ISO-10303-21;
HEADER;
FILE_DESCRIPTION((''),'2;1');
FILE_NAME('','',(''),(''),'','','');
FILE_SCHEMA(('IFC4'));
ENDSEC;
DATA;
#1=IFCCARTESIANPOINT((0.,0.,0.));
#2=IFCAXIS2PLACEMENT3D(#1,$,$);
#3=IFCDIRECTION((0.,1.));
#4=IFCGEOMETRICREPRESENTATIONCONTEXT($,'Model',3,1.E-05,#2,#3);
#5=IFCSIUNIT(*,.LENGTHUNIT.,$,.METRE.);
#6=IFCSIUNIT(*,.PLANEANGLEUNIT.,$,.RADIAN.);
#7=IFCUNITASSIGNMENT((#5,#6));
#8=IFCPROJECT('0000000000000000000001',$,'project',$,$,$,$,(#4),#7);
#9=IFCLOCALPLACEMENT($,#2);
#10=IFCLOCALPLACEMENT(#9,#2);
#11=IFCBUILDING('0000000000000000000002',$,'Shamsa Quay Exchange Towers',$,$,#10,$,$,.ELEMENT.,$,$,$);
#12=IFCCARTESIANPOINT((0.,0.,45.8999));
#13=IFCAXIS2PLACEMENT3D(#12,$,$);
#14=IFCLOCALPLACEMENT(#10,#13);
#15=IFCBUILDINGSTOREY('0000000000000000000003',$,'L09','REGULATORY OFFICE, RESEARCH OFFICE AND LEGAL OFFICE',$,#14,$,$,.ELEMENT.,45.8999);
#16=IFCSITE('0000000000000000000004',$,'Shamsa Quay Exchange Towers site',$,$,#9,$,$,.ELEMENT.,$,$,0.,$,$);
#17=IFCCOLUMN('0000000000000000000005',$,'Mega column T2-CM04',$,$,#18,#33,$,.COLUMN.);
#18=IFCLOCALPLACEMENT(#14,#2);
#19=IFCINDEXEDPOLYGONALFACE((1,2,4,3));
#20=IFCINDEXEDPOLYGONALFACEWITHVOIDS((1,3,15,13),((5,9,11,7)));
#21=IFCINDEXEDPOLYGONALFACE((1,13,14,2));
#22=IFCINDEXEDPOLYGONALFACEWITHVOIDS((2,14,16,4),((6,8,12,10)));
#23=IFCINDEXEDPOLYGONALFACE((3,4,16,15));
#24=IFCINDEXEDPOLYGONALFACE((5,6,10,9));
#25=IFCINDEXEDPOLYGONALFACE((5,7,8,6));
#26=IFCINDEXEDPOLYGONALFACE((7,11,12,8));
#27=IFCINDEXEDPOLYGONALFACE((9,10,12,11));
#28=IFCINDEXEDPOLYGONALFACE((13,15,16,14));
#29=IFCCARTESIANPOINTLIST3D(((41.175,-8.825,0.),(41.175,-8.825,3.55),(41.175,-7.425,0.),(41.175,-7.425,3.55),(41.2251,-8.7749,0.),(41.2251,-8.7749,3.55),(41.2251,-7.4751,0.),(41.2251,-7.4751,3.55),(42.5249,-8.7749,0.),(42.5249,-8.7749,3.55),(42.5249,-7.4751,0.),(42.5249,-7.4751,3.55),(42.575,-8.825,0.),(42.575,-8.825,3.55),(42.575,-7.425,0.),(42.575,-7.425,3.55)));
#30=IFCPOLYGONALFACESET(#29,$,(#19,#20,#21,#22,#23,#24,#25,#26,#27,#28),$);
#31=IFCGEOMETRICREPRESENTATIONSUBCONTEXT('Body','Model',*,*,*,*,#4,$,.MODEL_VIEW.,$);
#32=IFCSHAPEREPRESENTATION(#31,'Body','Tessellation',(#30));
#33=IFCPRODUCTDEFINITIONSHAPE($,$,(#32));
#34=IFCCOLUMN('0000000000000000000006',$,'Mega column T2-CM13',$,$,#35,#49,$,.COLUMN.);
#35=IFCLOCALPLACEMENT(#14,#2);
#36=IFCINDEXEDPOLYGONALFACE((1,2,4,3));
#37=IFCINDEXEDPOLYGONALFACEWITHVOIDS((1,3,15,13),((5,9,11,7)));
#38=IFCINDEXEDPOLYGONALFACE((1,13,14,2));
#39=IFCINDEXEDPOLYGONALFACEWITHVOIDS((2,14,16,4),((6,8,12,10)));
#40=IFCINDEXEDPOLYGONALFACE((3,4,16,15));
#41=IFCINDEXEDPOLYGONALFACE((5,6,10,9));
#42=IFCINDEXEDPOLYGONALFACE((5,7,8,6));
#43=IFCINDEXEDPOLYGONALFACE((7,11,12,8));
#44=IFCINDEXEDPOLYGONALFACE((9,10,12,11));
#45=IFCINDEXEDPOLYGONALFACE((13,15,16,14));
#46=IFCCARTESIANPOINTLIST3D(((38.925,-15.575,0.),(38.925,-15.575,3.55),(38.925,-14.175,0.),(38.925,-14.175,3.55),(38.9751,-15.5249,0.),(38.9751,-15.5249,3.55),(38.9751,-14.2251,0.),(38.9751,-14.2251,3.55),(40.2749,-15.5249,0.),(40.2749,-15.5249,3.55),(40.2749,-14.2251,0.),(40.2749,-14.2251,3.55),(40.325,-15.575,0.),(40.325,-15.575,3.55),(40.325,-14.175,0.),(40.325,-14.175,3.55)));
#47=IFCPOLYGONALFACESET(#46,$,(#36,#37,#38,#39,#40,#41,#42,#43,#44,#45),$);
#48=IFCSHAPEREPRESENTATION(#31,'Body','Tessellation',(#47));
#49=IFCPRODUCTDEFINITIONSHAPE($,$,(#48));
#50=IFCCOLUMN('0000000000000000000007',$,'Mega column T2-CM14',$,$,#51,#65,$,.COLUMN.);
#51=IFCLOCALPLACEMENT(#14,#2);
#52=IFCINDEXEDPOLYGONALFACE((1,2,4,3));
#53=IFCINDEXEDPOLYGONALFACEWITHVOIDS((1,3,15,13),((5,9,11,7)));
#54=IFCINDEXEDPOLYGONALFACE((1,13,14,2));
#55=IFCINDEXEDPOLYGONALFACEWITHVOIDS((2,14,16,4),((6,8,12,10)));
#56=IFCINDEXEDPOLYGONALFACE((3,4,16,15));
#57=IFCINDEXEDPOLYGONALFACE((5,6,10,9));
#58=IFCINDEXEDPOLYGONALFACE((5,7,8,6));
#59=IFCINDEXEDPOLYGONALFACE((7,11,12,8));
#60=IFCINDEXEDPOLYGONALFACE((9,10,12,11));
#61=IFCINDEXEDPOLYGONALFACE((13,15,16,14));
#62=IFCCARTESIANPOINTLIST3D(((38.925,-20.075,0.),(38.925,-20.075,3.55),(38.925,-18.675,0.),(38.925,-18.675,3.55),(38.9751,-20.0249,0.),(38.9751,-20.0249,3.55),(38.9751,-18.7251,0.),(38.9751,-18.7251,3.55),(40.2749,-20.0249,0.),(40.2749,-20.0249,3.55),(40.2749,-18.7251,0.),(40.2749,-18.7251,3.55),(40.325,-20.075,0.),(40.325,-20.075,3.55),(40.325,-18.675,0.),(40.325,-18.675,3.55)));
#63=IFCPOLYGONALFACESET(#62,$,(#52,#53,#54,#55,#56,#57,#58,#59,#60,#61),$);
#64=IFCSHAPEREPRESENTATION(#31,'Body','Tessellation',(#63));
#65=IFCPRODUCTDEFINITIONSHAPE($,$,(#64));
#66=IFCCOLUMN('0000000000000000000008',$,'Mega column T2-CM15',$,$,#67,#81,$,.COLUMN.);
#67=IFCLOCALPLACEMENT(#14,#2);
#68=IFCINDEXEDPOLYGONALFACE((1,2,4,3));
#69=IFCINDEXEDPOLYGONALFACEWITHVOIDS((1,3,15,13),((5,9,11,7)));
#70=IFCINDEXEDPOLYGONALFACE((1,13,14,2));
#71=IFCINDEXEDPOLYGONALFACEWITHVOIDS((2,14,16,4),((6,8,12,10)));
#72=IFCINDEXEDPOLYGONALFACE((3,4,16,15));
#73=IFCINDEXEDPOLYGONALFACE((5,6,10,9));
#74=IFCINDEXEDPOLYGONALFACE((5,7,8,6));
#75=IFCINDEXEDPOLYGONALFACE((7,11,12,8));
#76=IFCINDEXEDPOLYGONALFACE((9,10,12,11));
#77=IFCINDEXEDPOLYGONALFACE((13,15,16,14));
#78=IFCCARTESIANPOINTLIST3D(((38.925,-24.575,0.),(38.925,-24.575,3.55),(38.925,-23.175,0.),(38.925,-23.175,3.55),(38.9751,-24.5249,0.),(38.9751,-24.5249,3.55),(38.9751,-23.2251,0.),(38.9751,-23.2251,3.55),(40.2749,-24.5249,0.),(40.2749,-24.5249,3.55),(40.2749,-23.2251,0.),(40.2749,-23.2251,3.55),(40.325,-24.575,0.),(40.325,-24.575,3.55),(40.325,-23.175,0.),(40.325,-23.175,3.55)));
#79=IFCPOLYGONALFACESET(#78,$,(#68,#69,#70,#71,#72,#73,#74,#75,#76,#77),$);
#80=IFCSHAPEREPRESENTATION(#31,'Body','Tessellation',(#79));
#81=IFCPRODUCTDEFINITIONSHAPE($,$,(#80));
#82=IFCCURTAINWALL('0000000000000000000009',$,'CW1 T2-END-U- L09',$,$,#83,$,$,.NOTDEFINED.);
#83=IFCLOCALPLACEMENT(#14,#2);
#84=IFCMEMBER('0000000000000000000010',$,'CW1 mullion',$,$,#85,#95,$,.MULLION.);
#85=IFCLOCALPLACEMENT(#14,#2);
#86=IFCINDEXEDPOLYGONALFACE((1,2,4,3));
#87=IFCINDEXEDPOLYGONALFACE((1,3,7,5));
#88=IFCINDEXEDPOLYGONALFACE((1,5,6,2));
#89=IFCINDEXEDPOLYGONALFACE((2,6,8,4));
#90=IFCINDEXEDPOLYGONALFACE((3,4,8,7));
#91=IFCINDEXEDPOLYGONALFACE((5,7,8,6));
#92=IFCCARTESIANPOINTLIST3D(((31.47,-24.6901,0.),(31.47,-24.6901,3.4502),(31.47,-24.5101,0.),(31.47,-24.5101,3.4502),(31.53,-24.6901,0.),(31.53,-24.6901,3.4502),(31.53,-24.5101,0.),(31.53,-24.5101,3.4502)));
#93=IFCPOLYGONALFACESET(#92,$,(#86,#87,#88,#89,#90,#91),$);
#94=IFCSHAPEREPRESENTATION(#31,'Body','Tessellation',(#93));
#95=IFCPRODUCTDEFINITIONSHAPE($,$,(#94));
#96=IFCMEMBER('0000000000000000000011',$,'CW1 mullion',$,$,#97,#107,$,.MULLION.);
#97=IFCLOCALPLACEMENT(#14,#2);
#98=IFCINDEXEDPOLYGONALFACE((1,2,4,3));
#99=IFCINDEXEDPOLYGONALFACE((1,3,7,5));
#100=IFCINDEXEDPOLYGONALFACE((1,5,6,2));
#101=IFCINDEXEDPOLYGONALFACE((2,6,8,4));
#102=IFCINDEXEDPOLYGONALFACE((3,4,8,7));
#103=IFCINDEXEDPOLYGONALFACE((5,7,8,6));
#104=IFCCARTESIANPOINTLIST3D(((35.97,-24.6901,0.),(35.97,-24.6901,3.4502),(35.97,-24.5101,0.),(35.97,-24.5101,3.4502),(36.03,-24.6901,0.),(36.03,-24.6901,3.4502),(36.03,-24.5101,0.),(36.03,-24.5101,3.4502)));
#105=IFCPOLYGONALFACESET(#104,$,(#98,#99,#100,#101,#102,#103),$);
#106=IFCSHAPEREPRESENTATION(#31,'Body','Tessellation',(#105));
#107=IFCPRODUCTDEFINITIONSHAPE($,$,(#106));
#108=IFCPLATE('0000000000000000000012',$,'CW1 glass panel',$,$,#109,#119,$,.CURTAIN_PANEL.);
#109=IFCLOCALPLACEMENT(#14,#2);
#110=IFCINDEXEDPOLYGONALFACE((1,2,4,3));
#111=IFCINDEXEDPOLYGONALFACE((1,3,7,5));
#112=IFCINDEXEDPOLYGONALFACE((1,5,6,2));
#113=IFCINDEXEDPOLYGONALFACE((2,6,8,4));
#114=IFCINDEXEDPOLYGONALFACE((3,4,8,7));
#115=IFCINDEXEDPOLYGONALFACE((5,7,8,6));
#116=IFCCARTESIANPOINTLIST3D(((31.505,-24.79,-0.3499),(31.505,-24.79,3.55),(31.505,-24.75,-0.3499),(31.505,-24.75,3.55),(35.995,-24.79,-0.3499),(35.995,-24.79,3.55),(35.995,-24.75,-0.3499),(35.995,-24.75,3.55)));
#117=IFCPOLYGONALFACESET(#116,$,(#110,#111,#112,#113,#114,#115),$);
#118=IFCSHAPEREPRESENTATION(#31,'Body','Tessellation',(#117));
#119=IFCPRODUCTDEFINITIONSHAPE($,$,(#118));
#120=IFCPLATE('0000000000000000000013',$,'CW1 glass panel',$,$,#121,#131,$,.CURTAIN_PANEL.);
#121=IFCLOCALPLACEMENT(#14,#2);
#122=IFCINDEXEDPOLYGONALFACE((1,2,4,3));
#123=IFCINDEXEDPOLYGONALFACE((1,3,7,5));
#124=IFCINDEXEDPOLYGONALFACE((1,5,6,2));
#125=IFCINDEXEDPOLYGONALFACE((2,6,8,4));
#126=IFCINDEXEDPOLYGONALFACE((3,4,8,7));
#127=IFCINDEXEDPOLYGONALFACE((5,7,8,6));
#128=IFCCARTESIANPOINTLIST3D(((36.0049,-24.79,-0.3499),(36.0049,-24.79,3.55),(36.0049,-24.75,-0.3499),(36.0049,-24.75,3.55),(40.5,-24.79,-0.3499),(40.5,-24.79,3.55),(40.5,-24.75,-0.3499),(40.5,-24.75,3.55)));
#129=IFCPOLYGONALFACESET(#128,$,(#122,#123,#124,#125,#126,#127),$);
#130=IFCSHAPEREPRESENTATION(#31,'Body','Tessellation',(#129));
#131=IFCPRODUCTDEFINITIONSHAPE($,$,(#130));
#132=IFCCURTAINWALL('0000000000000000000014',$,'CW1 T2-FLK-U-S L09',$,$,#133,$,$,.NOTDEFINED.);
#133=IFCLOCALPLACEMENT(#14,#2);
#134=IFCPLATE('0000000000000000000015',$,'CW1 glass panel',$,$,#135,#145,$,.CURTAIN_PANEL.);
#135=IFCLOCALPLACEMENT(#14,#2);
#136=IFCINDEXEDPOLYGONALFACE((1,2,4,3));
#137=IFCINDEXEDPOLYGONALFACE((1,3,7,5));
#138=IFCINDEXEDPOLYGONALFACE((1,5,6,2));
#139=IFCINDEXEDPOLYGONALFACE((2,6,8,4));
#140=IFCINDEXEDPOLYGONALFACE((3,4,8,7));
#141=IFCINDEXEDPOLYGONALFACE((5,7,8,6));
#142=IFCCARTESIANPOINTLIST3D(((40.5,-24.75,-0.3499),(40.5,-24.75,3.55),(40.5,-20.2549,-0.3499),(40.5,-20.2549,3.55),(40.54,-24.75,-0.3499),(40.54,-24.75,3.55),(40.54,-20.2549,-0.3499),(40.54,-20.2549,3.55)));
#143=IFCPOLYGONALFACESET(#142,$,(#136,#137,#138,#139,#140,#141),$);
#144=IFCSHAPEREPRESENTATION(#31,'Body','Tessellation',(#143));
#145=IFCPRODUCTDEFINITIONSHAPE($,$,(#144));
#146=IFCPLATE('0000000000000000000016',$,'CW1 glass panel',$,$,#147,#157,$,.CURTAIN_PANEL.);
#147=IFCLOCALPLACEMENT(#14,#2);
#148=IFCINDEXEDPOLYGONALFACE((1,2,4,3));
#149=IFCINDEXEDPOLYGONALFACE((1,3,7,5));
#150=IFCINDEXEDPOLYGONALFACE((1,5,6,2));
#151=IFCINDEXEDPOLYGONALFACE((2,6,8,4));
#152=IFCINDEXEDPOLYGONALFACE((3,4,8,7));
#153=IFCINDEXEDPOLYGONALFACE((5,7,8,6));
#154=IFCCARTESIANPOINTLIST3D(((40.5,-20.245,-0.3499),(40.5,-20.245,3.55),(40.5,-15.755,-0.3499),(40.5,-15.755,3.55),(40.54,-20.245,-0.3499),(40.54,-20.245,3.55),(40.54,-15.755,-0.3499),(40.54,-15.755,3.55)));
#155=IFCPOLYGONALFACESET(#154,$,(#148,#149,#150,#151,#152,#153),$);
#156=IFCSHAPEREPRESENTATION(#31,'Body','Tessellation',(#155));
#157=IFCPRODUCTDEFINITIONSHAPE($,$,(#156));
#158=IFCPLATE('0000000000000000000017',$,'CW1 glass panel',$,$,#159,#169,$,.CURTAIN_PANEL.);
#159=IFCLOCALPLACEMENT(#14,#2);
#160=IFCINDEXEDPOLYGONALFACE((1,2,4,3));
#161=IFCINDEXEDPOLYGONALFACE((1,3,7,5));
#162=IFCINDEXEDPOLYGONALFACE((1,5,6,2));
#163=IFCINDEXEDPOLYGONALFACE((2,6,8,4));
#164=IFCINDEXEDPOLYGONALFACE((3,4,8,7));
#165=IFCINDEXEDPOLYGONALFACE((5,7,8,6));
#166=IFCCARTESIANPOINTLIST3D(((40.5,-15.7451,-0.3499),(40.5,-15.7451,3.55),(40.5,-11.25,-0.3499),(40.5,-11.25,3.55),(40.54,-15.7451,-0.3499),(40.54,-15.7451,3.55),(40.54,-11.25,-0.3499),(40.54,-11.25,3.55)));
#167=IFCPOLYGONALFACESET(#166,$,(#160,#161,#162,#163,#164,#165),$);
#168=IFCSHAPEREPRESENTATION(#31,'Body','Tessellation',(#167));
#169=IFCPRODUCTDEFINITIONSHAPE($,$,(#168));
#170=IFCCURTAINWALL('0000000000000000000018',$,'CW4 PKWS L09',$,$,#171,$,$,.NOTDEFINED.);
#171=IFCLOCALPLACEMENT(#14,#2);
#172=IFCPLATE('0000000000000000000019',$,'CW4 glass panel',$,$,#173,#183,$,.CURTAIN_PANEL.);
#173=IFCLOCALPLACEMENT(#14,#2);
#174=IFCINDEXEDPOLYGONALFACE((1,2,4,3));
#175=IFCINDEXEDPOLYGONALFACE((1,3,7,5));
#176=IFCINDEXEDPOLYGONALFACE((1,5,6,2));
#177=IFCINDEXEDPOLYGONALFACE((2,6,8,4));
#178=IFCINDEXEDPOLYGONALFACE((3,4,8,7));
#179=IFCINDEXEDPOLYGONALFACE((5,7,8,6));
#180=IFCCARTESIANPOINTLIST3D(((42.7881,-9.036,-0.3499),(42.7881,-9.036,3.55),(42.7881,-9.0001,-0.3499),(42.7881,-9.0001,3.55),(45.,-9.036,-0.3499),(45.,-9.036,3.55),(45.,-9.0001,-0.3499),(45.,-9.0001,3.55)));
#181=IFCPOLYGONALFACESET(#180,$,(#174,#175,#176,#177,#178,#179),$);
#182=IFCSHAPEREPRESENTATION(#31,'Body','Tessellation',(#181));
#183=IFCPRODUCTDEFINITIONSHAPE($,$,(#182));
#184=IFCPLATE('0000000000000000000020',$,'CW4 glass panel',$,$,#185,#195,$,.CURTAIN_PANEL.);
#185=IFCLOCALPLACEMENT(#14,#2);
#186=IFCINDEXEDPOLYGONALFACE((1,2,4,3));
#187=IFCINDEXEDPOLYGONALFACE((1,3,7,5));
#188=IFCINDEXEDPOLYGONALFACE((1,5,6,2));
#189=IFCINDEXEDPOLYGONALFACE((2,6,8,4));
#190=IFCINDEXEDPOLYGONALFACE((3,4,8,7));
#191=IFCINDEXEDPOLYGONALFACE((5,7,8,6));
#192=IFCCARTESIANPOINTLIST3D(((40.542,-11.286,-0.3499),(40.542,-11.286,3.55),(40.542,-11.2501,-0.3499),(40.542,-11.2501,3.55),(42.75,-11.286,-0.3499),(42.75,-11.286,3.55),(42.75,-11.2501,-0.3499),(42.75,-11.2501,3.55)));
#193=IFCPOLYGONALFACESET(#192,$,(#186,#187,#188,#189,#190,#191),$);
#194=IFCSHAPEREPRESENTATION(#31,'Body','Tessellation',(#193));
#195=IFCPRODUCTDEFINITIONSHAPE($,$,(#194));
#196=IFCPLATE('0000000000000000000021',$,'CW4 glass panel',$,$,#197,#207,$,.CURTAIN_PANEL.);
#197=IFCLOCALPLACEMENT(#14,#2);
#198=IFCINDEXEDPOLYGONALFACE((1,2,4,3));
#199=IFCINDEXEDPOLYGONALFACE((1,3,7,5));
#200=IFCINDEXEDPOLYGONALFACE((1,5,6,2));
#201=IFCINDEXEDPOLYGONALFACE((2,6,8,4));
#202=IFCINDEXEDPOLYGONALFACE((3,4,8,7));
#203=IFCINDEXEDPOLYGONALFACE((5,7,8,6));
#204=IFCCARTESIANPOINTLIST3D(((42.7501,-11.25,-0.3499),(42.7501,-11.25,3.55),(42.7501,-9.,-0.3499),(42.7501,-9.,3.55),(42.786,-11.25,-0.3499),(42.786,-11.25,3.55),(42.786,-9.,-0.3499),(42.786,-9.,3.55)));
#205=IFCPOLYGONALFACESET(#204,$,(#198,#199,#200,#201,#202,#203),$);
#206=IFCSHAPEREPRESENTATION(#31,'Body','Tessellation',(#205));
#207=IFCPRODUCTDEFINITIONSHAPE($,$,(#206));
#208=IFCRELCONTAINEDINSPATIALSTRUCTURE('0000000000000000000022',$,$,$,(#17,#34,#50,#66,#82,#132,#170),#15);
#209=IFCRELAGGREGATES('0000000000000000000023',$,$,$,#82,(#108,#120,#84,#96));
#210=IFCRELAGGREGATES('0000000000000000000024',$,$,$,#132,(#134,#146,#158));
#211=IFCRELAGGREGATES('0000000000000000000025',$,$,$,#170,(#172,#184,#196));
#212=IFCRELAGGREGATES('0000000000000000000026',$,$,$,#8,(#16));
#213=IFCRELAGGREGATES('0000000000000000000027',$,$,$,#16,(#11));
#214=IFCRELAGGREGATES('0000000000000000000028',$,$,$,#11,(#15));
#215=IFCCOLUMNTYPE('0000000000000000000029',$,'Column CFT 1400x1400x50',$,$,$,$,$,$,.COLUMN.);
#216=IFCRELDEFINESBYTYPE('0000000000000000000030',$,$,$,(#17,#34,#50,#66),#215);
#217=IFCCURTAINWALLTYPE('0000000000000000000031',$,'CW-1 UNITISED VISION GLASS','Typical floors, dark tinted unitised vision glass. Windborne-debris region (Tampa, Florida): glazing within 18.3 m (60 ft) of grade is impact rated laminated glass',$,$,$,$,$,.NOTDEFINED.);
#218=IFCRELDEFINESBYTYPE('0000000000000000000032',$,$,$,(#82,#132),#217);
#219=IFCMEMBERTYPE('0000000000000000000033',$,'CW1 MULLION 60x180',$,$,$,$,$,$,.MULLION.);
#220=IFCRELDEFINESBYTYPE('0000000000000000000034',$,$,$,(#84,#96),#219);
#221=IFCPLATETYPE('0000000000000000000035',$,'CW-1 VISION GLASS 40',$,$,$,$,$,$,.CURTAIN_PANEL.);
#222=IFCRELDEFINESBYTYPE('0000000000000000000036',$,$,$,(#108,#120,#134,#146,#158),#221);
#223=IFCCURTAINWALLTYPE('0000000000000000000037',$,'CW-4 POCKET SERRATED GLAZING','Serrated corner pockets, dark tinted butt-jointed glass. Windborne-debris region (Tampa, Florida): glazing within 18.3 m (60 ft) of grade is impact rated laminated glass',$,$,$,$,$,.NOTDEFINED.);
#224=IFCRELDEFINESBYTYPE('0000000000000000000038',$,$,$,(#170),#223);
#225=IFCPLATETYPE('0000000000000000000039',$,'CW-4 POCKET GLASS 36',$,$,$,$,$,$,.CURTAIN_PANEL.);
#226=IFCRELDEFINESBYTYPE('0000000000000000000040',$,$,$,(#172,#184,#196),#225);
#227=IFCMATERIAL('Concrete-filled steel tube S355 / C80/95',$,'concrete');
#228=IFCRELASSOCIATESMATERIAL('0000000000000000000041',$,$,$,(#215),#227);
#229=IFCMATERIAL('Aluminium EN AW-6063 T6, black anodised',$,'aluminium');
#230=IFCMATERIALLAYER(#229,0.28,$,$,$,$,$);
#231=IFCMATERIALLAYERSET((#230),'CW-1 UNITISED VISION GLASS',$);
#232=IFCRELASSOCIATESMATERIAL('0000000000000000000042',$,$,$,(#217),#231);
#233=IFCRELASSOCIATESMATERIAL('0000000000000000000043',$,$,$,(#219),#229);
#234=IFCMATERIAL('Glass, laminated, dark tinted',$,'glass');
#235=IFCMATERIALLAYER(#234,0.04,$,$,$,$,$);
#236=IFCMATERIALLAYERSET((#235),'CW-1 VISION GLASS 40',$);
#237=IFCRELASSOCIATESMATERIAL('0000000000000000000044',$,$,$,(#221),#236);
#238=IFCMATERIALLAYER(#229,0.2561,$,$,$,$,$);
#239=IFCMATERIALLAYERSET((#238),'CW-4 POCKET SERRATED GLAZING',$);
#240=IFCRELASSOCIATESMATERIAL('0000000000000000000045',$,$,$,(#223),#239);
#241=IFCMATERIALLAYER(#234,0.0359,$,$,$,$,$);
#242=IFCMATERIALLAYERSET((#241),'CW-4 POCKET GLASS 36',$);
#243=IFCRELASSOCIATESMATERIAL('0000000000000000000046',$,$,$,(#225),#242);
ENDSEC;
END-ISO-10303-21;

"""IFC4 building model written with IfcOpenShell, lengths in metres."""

from ifc_helpers import new_model, si_unit, direction, frame, origin, origin_2d, place, context, subcontext, project, spatial, rectangle, hollow_rectangle, extrude, material, layer, layer_set, material_profile, profile_set, type_object, element, aggregate, save


model = new_model("IFC4")

# Units and contexts
model_context = context("Model", 3, precision=1e-05, world=origin(), true_north=direction((0.0, 1.0)))
body_context = subcontext(model_context, "Body", "Model", "MODEL_VIEW")
ifc_project = project(units=[si_unit("LENGTHUNIT", "METRE"), si_unit("PLANEANGLEUNIT", "RADIAN")], contexts=[model_context])

# Site, building, storey
site_placement = place(None, origin())
site = spatial("IfcSite", under=ifc_project, at=site_placement, Name="Shamsa Quay Exchange Towers site", CompositionType="ELEMENT", RefElevation=0.0)
building_placement = place(site_placement, origin())
building = spatial("IfcBuilding", under=site, at=building_placement, Name="Shamsa Quay Exchange Towers", CompositionType="ELEMENT")
storey_placement = place(building_placement, frame((0.0, 0.0, 45.8999)))
storey = spatial("IfcBuildingStorey", under=building, at=storey_placement, Name="L09", Description="REGULATORY OFFICE, RESEARCH OFFICE AND LEGAL OFFICE", CompositionType="ELEMENT", Elevation=45.8999)

# Columns
ifc_material_1 = material(Name="Concrete-filled steel tube S355 / C80/95", Category="concrete")
ifc_material_profile_1 = material_profile(ifc_material_1, hollow_rectangle(XDim=1.3999, YDim=1.3999, WallThickness=0.05, at=origin_2d()), Name="CFT 1400x1400x50")
ifc_profile_set_1 = profile_set([ifc_material_profile_1], Name="Concrete-filled steel tube S355 / C80/95")
column_type = type_object("IfcColumnType", Name="Column CFT 1400x1400x50", PredefinedType="COLUMN", material=ifc_profile_set_1)
for number, where, name in (
    (1, (41.875, -8.125, 0.0), "Mega column T2-CM04"),
    (2, (39.625, -14.875, 0.0), "Mega column T2-CM13"),
    (3, (39.625, -19.375, 0.0), "Mega column T2-CM14"),
    (4, (39.625, -23.875, 0.0), "Mega column T2-CM15"),
):
    element("IfcColumn", number, at=place(storey_placement, frame(where)), inside=storey, type_object=column_type, Name=name, PredefinedType="COLUMN", context=body_context, shape_type="SweptSolid", body=[
        extrude(hollow_rectangle(XDim=1.3999, YDim=1.3999, WallThickness=0.05, at=origin_2d()), origin(), (0.0, 0.0, 1.0), 3.55),
    ])

# Curtain wall, members, plates
ifc_material_2 = material(Name="Aluminium EN AW-6063 T6, black anodised", Category="aluminium")
ifc_layer_1 = layer(ifc_material_2, 0.28)
ifc_layer_set_1 = layer_set([ifc_layer_1], Name="CW-1 UNITISED VISION GLASS")
curtain_wall_type_1 = type_object("IfcCurtainWallType", Name="CW-1 UNITISED VISION GLASS", Description="Typical floors, dark tinted unitised vision glass. Windborne-debris region (Tampa, Florida): glazing within 18.3 m (60 ft) of grade is impact rated laminated glass", PredefinedType="NOTDEFINED", material=ifc_layer_set_1)
curtain_wall_1_placement = place(storey_placement, origin())
curtain_wall_1 = element("IfcCurtainWall", 5, at=curtain_wall_1_placement, inside=storey, type_object=curtain_wall_type_1, Name="CW1 T2-END-U- L09", PredefinedType="NOTDEFINED")
ifc_material_profile_2 = material_profile(ifc_material_2, rectangle(XDim=0.1799, YDim=0.0601, at=origin_2d()), Name="MU60x180")
ifc_profile_set_2 = profile_set([ifc_material_profile_2], Name="Aluminium EN AW-6063 T6, black anodised")
member_type = type_object("IfcMemberType", Name="CW1 MULLION 60x180", PredefinedType="MULLION", material=ifc_profile_set_2)
member_1_placement = place(storey_placement, frame((31.5, -24.6001, 0.0), z_axis=(0.0, 0.0, 1.0), x_axis=(0.0, 1.0, 0.0)))
member_1 = element("IfcMember", 6, at=member_1_placement, type_object=member_type, Name="CW1 mullion", PredefinedType="MULLION", context=body_context, shape_type="SweptSolid", body=[
    extrude(rectangle(XDim=0.1799, YDim=0.0601, at=origin_2d()), origin(), (0.0, 0.0, 1.0), 3.4502),
])
member_2_placement = place(storey_placement, frame((36.0, -24.6001, 0.0), z_axis=(0.0, 0.0, 1.0), x_axis=(0.0, 1.0, 0.0)))
member_2 = element("IfcMember", 7, at=member_2_placement, type_object=member_type, Name="CW1 mullion", PredefinedType="MULLION", context=body_context, shape_type="SweptSolid", body=[
    extrude(rectangle(XDim=0.1799, YDim=0.0601, at=origin_2d()), origin(), (0.0, 0.0, 1.0), 3.4502),
])
ifc_material_3 = material(Name="Glass, laminated, dark tinted", Category="glass")
ifc_layer_2 = layer(ifc_material_3, 0.04)
ifc_layer_set_2 = layer_set([ifc_layer_2], Name="CW-1 VISION GLASS 40")
plate_type_1 = type_object("IfcPlateType", Name="CW-1 VISION GLASS 40", PredefinedType="CURTAIN_PANEL", material=ifc_layer_set_2)
plate_1_placement = place(storey_placement, frame((33.75, -24.77, -0.3499)))
plate_1 = element("IfcPlate", 8, at=plate_1_placement, type_object=plate_type_1, Name="CW1 glass panel", PredefinedType="CURTAIN_PANEL", context=body_context, shape_type="SweptSolid", body=[
    extrude(rectangle(XDim=4.49, YDim=0.04, at=origin_2d()), origin(), (0.0, 0.0, 1.0), 3.8999),
])
plate_2_placement = place(storey_placement, frame((38.2524, -24.77, -0.3499)))
plate_2 = element("IfcPlate", 9, at=plate_2_placement, type_object=plate_type_1, Name="CW1 glass panel", PredefinedType="CURTAIN_PANEL", context=body_context, shape_type="SweptSolid", body=[
    extrude(rectangle(XDim=4.4951, YDim=0.04, at=origin_2d()), origin(), (0.0, 0.0, 1.0), 3.8999),
])
aggregate(curtain_wall_1, [plate_1, plate_2, member_1, member_2])

# Curtain walls, plates
curtain_wall_2_placement = place(storey_placement, origin())
curtain_wall_2 = element("IfcCurtainWall", 10, at=curtain_wall_2_placement, inside=storey, type_object=curtain_wall_type_1, Name="CW1 T2-FLK-U-S L09", PredefinedType="NOTDEFINED")
plate_3_placement = place(storey_placement, frame((40.52, -22.5024, -0.3499), z_axis=(0.0, 0.0, 1.0), x_axis=(0.0, 1.0, 0.0)))
plate_3 = element("IfcPlate", 11, at=plate_3_placement, type_object=plate_type_1, Name="CW1 glass panel", PredefinedType="CURTAIN_PANEL", context=body_context, shape_type="SweptSolid", body=[
    extrude(rectangle(XDim=4.4951, YDim=0.04, at=origin_2d()), origin(), (0.0, 0.0, 1.0), 3.8999),
])
plate_4_placement = place(storey_placement, frame((40.52, -18.0, -0.3499), z_axis=(0.0, 0.0, 1.0), x_axis=(0.0, 1.0, 0.0)))
plate_4 = element("IfcPlate", 12, at=plate_4_placement, type_object=plate_type_1, Name="CW1 glass panel", PredefinedType="CURTAIN_PANEL", context=body_context, shape_type="SweptSolid", body=[
    extrude(rectangle(XDim=4.49, YDim=0.04, at=origin_2d()), origin(), (0.0, 0.0, 1.0), 3.8999),
])
plate_5_placement = place(storey_placement, frame((40.52, -13.4976, -0.3499), z_axis=(0.0, 0.0, 1.0), x_axis=(0.0, 1.0, 0.0)))
plate_5 = element("IfcPlate", 13, at=plate_5_placement, type_object=plate_type_1, Name="CW1 glass panel", PredefinedType="CURTAIN_PANEL", context=body_context, shape_type="SweptSolid", body=[
    extrude(rectangle(XDim=4.4951, YDim=0.04, at=origin_2d()), origin(), (0.0, 0.0, 1.0), 3.8999),
])
aggregate(curtain_wall_2, [plate_3, plate_4, plate_5])
ifc_layer_3 = layer(ifc_material_2, 0.2561)
ifc_layer_set_3 = layer_set([ifc_layer_3], Name="CW-4 POCKET SERRATED GLAZING")
curtain_wall_type_2 = type_object("IfcCurtainWallType", Name="CW-4 POCKET SERRATED GLAZING", Description="Serrated corner pockets, dark tinted butt-jointed glass. Windborne-debris region (Tampa, Florida): glazing within 18.3 m (60 ft) of grade is impact rated laminated glass", PredefinedType="NOTDEFINED", material=ifc_layer_set_3)
curtain_wall_3_placement = place(storey_placement, origin())
curtain_wall_3 = element("IfcCurtainWall", 14, at=curtain_wall_3_placement, inside=storey, type_object=curtain_wall_type_2, Name="CW4 PKWS L09", PredefinedType="NOTDEFINED")
ifc_layer_4 = layer(ifc_material_3, 0.0359)
ifc_layer_set_4 = layer_set([ifc_layer_4], Name="CW-4 POCKET GLASS 36")
plate_type_2 = type_object("IfcPlateType", Name="CW-4 POCKET GLASS 36", PredefinedType="CURTAIN_PANEL", material=ifc_layer_set_4)
plate_6_placement = place(storey_placement, frame((43.894, -9.0181, -0.3499)))
plate_6 = element("IfcPlate", 15, at=plate_6_placement, type_object=plate_type_2, Name="CW4 glass panel", PredefinedType="CURTAIN_PANEL", context=body_context, shape_type="SweptSolid", body=[
    extrude(rectangle(XDim=2.2119, YDim=0.0359, at=origin_2d()), origin(), (0.0, 0.0, 1.0), 3.8999),
])
plate_7_placement = place(storey_placement, frame((41.646, -11.2681, -0.3499)))
plate_7 = element("IfcPlate", 16, at=plate_7_placement, type_object=plate_type_2, Name="CW4 glass panel", PredefinedType="CURTAIN_PANEL", context=body_context, shape_type="SweptSolid", body=[
    extrude(rectangle(XDim=2.208, YDim=0.0359, at=origin_2d()), origin(), (0.0, 0.0, 1.0), 3.8999),
])
plate_8_placement = place(storey_placement, frame((42.7681, -10.125, -0.3499), z_axis=(0.0, 0.0, 1.0), x_axis=(0.0, 1.0, 0.0)))
plate_8 = element("IfcPlate", 17, at=plate_8_placement, type_object=plate_type_2, Name="CW4 glass panel", PredefinedType="CURTAIN_PANEL", context=body_context, shape_type="SweptSolid", body=[
    extrude(rectangle(XDim=2.25, YDim=0.0359, at=origin_2d()), origin(), (0.0, 0.0, 1.0), 3.8999),
])
aggregate(curtain_wall_3, [plate_6, plate_7, plate_8])

save(model, "model.ifc")
